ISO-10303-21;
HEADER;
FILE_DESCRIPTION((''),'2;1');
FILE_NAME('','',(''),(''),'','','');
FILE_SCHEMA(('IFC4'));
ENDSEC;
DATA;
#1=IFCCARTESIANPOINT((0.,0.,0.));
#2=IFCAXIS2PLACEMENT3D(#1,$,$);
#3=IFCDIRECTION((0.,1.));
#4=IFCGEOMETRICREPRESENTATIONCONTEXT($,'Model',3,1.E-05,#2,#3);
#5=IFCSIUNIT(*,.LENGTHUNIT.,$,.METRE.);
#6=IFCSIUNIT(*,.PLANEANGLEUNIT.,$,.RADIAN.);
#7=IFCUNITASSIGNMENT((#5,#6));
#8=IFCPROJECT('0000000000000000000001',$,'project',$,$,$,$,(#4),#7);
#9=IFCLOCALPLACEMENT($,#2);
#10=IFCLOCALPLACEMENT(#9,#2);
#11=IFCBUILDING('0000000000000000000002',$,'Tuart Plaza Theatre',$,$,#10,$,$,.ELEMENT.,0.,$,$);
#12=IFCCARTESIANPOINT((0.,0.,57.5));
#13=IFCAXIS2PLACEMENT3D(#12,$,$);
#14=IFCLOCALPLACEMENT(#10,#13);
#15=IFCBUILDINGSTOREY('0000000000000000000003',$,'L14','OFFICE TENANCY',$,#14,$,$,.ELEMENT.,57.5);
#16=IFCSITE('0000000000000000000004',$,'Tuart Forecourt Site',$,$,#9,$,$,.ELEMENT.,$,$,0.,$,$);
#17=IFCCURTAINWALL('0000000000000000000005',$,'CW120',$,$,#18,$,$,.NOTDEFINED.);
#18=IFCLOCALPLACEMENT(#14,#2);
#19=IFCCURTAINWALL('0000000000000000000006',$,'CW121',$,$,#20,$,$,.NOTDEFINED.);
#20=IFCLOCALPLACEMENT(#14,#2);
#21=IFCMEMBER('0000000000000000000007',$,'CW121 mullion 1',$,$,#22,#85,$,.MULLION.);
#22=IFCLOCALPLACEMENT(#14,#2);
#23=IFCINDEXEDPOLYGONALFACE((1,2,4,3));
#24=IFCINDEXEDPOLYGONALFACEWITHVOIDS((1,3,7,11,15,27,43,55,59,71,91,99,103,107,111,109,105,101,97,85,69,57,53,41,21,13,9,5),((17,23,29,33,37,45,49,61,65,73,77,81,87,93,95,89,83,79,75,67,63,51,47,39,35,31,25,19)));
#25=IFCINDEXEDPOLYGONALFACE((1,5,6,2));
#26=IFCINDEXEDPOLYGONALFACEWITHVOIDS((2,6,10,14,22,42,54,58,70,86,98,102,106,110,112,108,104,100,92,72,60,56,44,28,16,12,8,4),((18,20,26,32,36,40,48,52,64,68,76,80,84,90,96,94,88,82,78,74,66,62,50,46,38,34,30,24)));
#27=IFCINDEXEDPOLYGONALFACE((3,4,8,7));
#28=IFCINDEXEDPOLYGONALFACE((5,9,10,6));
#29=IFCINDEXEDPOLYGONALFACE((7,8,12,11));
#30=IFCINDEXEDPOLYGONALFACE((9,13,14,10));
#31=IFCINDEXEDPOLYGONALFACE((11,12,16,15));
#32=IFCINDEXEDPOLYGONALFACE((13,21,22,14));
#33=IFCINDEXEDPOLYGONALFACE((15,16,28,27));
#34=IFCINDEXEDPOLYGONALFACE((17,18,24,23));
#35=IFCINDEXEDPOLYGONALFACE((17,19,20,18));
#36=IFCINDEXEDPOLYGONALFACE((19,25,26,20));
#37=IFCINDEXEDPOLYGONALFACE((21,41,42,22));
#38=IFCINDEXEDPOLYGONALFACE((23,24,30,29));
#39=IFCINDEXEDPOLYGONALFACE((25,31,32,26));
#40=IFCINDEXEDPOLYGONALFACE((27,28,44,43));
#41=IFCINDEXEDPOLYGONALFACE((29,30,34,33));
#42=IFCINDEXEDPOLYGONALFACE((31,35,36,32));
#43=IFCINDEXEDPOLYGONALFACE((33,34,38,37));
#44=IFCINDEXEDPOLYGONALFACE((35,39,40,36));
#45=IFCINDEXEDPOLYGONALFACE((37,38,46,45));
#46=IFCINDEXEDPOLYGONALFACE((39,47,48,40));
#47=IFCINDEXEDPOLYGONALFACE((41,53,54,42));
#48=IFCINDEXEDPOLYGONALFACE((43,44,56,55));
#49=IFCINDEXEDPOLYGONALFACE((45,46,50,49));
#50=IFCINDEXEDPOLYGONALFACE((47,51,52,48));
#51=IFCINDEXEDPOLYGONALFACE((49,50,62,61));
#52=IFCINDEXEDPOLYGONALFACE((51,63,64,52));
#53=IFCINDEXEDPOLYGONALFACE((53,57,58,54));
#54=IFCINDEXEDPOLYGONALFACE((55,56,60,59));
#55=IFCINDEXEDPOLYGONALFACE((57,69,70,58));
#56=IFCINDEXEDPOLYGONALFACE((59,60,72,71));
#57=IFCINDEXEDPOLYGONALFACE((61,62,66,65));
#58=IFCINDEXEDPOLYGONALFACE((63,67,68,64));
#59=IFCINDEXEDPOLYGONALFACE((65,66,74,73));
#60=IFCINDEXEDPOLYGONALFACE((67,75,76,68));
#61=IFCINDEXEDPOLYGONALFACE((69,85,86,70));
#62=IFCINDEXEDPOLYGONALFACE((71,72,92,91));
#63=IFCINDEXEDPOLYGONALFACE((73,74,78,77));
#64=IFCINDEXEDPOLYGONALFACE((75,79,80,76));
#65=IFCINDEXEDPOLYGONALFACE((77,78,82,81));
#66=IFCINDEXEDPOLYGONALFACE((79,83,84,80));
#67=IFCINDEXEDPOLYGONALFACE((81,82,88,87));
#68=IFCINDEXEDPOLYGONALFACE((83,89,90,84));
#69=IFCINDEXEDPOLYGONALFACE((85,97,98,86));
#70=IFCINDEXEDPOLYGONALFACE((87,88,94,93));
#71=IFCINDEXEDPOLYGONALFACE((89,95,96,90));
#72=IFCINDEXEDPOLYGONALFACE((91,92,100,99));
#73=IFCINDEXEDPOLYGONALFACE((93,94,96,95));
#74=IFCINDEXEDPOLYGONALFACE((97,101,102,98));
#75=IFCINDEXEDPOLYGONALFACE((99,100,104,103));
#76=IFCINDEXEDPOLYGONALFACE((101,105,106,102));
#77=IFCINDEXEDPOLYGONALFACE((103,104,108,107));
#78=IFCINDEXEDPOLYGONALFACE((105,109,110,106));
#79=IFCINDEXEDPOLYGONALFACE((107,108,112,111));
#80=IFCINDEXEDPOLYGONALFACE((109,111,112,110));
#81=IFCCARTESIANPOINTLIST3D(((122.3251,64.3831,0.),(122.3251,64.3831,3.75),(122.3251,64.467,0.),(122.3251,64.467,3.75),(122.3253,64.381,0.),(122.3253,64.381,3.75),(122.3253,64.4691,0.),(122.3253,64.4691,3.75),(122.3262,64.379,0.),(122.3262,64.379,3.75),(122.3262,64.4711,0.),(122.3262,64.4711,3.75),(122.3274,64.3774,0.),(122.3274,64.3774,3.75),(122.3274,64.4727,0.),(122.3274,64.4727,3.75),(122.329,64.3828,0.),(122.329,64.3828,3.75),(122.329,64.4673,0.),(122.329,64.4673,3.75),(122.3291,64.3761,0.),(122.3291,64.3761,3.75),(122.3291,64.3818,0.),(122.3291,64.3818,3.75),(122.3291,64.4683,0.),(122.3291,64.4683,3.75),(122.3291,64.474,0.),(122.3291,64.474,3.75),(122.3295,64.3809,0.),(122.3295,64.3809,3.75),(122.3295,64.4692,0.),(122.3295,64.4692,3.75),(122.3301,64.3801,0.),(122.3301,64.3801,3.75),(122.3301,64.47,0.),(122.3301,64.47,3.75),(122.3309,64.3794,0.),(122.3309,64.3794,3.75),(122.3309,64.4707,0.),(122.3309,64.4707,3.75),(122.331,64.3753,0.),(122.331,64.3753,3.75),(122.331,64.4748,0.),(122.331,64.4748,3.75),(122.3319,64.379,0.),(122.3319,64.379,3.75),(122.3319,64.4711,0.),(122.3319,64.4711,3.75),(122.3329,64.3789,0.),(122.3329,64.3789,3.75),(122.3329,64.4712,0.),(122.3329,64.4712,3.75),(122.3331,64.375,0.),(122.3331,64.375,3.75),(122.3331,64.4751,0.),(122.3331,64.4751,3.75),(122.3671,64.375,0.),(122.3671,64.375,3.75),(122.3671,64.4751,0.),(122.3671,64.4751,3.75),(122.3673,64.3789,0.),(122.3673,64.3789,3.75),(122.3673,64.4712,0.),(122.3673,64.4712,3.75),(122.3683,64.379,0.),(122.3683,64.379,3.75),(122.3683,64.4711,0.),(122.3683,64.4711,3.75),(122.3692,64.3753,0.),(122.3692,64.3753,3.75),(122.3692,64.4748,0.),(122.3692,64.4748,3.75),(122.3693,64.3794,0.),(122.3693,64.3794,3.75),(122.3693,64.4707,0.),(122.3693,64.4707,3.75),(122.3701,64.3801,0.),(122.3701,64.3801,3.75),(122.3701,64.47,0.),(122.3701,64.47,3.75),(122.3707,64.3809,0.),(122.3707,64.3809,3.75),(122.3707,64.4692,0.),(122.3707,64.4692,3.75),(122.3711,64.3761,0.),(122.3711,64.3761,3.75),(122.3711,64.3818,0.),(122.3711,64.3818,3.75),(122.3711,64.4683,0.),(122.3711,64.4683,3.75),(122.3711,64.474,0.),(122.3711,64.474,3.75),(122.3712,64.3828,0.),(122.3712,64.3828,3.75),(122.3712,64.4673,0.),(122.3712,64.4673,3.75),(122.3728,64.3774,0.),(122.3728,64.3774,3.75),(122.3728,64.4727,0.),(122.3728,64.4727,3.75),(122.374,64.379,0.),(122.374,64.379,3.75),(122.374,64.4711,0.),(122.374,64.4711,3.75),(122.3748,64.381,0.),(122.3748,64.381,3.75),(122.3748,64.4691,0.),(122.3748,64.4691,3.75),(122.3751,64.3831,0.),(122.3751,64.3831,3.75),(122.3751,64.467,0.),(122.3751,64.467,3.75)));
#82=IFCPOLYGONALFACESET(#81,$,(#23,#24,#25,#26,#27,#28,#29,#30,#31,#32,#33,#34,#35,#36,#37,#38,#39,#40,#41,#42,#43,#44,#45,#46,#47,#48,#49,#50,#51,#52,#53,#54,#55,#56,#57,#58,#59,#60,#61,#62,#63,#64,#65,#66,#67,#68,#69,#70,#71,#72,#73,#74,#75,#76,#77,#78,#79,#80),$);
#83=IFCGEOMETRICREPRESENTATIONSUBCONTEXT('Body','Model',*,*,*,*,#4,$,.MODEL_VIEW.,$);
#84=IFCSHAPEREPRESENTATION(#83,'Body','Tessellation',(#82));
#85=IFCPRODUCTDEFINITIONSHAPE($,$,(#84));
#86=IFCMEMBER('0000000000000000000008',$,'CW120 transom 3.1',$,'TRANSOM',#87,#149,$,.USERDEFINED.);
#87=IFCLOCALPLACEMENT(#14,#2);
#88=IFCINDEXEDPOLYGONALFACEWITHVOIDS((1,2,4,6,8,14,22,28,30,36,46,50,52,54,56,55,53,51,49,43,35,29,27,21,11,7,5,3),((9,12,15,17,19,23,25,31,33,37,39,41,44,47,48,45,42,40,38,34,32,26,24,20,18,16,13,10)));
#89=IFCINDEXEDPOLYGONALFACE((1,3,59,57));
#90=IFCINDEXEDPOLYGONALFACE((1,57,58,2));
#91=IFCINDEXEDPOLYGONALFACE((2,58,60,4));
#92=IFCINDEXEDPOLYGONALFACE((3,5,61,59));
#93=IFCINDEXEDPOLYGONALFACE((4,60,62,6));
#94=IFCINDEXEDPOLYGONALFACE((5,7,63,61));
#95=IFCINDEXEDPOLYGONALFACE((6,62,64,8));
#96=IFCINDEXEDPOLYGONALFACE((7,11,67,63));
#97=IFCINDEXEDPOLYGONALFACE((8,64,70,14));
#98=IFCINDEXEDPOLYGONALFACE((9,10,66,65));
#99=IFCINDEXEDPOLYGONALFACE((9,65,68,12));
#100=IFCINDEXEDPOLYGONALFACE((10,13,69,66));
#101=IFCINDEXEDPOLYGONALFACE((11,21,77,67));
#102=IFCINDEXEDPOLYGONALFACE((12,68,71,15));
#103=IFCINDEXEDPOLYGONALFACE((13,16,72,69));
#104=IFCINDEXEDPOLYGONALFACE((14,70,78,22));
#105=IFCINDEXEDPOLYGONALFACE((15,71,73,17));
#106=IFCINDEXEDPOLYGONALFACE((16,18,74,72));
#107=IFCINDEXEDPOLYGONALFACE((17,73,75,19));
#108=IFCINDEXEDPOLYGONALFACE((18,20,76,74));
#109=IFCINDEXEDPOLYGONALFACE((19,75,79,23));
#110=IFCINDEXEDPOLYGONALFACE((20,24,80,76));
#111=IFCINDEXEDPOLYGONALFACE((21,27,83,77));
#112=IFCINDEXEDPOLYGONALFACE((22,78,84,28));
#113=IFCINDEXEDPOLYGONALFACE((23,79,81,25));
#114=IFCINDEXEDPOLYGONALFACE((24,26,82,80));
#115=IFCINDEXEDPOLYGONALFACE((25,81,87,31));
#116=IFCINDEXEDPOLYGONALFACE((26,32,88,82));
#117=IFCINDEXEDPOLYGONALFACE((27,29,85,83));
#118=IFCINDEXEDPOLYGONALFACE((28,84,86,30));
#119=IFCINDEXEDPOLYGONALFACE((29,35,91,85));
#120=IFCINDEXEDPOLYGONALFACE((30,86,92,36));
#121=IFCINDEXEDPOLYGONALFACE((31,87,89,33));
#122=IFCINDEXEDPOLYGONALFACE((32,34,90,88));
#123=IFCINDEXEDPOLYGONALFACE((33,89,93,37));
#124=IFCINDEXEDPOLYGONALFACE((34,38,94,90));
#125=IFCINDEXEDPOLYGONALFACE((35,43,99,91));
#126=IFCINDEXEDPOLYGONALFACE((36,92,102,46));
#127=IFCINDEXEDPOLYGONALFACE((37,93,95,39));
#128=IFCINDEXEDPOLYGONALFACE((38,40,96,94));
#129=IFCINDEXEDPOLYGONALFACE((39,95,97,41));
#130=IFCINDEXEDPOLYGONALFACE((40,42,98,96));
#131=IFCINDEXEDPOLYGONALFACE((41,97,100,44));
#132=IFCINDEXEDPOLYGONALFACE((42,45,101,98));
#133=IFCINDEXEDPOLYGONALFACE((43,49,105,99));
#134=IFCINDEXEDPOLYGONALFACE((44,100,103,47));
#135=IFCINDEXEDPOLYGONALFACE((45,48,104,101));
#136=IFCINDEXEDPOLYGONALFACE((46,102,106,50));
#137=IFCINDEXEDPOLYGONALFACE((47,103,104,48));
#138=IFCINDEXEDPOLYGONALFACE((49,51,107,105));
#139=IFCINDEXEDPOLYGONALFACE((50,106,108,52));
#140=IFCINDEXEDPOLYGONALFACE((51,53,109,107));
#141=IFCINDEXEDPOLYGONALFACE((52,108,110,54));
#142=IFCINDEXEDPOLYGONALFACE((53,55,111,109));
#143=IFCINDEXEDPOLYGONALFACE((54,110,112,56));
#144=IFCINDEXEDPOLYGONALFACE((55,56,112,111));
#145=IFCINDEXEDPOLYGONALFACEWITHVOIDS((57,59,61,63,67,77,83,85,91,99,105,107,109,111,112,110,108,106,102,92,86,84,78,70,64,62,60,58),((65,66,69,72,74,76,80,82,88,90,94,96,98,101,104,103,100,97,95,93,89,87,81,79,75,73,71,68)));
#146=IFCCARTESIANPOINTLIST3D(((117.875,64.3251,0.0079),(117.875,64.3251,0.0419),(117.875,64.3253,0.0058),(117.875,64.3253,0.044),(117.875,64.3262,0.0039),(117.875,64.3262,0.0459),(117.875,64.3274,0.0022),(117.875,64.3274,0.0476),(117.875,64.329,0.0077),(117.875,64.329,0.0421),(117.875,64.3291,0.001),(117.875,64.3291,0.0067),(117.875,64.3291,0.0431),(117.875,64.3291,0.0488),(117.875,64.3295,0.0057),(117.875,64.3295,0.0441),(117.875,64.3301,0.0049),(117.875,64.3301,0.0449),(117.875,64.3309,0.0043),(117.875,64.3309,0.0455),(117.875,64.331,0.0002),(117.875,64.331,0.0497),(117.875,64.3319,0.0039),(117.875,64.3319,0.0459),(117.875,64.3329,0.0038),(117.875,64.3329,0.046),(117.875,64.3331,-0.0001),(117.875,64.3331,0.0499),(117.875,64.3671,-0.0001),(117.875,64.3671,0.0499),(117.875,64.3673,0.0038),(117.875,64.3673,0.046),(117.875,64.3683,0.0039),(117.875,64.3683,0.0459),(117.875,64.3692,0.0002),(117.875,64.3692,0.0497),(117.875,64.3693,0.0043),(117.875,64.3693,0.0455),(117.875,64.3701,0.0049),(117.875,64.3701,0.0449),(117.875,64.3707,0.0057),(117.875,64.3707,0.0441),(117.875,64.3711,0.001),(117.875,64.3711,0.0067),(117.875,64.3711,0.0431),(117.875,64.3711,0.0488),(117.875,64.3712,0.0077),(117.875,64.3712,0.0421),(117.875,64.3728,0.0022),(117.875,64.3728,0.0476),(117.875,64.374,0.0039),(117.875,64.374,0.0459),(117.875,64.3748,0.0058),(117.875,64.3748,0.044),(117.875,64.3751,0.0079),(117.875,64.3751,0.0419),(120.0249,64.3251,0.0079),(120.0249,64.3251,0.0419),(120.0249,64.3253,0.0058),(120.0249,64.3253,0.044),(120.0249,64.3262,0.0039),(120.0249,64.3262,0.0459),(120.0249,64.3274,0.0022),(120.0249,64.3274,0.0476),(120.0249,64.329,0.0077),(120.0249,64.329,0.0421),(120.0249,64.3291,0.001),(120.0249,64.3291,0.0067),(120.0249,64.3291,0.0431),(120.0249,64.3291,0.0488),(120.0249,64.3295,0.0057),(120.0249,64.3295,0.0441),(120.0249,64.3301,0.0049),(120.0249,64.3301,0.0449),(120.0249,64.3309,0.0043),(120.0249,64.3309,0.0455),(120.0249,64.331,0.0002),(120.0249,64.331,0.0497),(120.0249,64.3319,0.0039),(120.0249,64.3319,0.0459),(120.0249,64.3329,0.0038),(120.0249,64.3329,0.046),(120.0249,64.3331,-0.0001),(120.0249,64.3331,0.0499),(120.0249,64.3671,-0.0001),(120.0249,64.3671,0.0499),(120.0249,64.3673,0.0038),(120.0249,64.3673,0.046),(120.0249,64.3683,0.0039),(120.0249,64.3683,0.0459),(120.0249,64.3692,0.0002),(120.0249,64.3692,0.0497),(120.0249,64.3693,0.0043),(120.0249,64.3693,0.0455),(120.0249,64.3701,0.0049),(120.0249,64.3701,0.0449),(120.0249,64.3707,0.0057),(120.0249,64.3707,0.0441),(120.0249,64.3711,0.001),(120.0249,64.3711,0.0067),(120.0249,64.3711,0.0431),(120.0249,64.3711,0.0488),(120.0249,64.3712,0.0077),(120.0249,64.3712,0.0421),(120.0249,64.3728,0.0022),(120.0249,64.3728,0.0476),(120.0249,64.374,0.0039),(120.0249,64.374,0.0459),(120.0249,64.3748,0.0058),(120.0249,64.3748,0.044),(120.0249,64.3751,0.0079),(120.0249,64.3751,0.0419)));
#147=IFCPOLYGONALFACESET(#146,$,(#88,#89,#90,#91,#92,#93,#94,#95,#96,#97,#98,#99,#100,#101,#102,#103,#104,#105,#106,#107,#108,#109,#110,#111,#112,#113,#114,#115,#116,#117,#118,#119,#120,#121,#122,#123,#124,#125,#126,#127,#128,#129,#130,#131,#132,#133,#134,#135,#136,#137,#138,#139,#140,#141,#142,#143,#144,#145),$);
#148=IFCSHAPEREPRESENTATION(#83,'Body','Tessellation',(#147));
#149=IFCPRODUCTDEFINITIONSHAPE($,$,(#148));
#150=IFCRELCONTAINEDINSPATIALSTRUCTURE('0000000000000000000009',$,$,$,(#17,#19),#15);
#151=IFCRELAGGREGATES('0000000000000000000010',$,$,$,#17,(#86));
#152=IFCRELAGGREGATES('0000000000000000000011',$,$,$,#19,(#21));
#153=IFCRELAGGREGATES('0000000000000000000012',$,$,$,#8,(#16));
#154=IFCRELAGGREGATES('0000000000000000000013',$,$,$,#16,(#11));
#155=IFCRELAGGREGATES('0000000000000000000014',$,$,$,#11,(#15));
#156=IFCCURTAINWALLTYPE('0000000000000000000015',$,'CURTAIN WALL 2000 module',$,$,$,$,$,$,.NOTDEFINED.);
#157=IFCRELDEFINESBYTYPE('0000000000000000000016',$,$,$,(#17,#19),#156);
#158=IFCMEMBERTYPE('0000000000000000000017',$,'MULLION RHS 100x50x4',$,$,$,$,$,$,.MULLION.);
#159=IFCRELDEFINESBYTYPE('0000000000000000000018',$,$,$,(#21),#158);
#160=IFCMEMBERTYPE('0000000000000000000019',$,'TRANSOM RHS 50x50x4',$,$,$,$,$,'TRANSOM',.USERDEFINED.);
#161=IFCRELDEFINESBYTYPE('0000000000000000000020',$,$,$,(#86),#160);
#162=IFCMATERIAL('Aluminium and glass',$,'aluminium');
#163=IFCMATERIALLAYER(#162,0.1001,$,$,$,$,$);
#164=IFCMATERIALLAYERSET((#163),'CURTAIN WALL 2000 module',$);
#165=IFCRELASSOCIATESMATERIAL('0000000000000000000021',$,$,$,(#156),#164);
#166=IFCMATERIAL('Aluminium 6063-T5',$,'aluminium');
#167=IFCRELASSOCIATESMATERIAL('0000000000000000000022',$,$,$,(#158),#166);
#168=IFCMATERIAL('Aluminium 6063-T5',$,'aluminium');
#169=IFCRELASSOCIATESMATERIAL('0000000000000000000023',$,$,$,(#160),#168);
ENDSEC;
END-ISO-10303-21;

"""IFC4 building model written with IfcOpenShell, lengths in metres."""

from ifc_helpers import new_model, si_unit, direction, frame, origin, origin_2d, place, context, subcontext, project, spatial, hollow_rectangle, extrude, material, layer, layer_set, material_profile, profile_set, type_object, element, aggregate, save


model = new_model("IFC4")

# Units and contexts
model_context = context("Model", 3, precision=1e-05, world=origin(), true_north=direction((0.0, 1.0)))
body_context = subcontext(model_context, "Body", "Model", "MODEL_VIEW")
ifc_project = project(units=[si_unit("LENGTHUNIT", "METRE"), si_unit("PLANEANGLEUNIT", "RADIAN")], contexts=[model_context])

# Site, building, storey
site_placement = place(None, origin())
site = spatial("IfcSite", under=ifc_project, at=site_placement, Name="Tuart Forecourt Site", CompositionType="ELEMENT", RefElevation=0.0)
building_placement = place(site_placement, origin())
building = spatial("IfcBuilding", under=site, at=building_placement, Name="Tuart Plaza Theatre", CompositionType="ELEMENT", ElevationOfRefHeight=0.0)
storey_placement = place(building_placement, frame((0.0, 0.0, 57.5)))
storey = spatial("IfcBuildingStorey", under=building, at=storey_placement, Name="L14", Description="OFFICE TENANCY", CompositionType="ELEMENT", Elevation=57.5)

# Curtain wall
ifc_material_1 = material(Name="Aluminium and glass", Category="aluminium")
ifc_layer_1 = layer(ifc_material_1, 0.1001)
ifc_layer_set_1 = layer_set([ifc_layer_1], Name="CURTAIN WALL 2000 module")
curtain_wall_type = type_object("IfcCurtainWallType", Name="CURTAIN WALL 2000 module", PredefinedType="NOTDEFINED", material=ifc_layer_set_1)
curtain_wall_1_placement = place(storey_placement, origin())
curtain_wall_1 = element("IfcCurtainWall", 1, at=curtain_wall_1_placement, inside=storey, type_object=curtain_wall_type, Name="CW120", PredefinedType="NOTDEFINED")
ifc_material_2 = material(Name="Aluminium 6063-T5", Category="aluminium")
ifc_material_profile_1 = material_profile(ifc_material_2, hollow_rectangle(XDim=0.05, YDim=0.1001, WallThickness=0.0039, InnerFilletRadius=0.0039, OuterFilletRadius=0.0081, at=origin_2d()), Name="RHS 100x50x4")
ifc_profile_set_1 = profile_set([ifc_material_profile_1], Name="Aluminium 6063-T5")
member_type_1 = type_object("IfcMemberType", Name="MULLION RHS 100x50x4", PredefinedType="MULLION", material=ifc_profile_set_1)

# Curtain wall, member
curtain_wall_2_placement = place(storey_placement, origin())
curtain_wall_2 = element("IfcCurtainWall", 2, at=curtain_wall_2_placement, inside=storey, type_object=curtain_wall_type, Name="CW121", PredefinedType="NOTDEFINED")
member_1_placement = place(storey_placement, frame((122.3501, 64.425, 0.0), z_axis=(0.0, 0.0, 1.0), x_axis=(1.0, 0.0, 0.0)))
member_1 = element("IfcMember", 3, at=member_1_placement, type_object=member_type_1, Name="CW121 mullion 1", PredefinedType="MULLION", context=body_context, shape_type="SweptSolid", body=[
    extrude(hollow_rectangle(XDim=0.05, YDim=0.1001, WallThickness=0.0039, InnerFilletRadius=0.0039, OuterFilletRadius=0.0081, at=origin_2d()), origin(), (0.0, 0.0, 1.0), 3.75),
])

# Member
ifc_material_3 = material(Name="Aluminium 6063-T5", Category="aluminium")
ifc_material_profile_2 = material_profile(ifc_material_3, hollow_rectangle(XDim=0.05, YDim=0.05, WallThickness=0.0039, InnerFilletRadius=0.0039, OuterFilletRadius=0.0081, at=origin_2d()), Name="RHS 50x50x4")
ifc_profile_set_2 = profile_set([ifc_material_profile_2], Name="Aluminium 6063-T5")
member_type_2 = type_object("IfcMemberType", Name="TRANSOM RHS 50x50x4", ElementType="TRANSOM", PredefinedType="USERDEFINED", material=ifc_profile_set_2)
member_2_placement = place(storey_placement, frame((117.875, 64.3501, 0.0249), z_axis=(1.0, 0.0, 0.0), x_axis=(0.0, 1.0, 0.0)))
member_2 = element("IfcMember", 4, at=member_2_placement, type_object=member_type_2, Name="CW120 transom 3.1", ObjectType="TRANSOM", PredefinedType="USERDEFINED", context=body_context, shape_type="SweptSolid", body=[
    extrude(hollow_rectangle(XDim=0.05, YDim=0.05, WallThickness=0.0039, InnerFilletRadius=0.0039, OuterFilletRadius=0.0081, at=origin_2d()), origin(), (0.0, 0.0, 1.0), 2.1499),
])

aggregate(curtain_wall_1, [member_2])
aggregate(curtain_wall_2, [member_1])

save(model, "model.ifc")
